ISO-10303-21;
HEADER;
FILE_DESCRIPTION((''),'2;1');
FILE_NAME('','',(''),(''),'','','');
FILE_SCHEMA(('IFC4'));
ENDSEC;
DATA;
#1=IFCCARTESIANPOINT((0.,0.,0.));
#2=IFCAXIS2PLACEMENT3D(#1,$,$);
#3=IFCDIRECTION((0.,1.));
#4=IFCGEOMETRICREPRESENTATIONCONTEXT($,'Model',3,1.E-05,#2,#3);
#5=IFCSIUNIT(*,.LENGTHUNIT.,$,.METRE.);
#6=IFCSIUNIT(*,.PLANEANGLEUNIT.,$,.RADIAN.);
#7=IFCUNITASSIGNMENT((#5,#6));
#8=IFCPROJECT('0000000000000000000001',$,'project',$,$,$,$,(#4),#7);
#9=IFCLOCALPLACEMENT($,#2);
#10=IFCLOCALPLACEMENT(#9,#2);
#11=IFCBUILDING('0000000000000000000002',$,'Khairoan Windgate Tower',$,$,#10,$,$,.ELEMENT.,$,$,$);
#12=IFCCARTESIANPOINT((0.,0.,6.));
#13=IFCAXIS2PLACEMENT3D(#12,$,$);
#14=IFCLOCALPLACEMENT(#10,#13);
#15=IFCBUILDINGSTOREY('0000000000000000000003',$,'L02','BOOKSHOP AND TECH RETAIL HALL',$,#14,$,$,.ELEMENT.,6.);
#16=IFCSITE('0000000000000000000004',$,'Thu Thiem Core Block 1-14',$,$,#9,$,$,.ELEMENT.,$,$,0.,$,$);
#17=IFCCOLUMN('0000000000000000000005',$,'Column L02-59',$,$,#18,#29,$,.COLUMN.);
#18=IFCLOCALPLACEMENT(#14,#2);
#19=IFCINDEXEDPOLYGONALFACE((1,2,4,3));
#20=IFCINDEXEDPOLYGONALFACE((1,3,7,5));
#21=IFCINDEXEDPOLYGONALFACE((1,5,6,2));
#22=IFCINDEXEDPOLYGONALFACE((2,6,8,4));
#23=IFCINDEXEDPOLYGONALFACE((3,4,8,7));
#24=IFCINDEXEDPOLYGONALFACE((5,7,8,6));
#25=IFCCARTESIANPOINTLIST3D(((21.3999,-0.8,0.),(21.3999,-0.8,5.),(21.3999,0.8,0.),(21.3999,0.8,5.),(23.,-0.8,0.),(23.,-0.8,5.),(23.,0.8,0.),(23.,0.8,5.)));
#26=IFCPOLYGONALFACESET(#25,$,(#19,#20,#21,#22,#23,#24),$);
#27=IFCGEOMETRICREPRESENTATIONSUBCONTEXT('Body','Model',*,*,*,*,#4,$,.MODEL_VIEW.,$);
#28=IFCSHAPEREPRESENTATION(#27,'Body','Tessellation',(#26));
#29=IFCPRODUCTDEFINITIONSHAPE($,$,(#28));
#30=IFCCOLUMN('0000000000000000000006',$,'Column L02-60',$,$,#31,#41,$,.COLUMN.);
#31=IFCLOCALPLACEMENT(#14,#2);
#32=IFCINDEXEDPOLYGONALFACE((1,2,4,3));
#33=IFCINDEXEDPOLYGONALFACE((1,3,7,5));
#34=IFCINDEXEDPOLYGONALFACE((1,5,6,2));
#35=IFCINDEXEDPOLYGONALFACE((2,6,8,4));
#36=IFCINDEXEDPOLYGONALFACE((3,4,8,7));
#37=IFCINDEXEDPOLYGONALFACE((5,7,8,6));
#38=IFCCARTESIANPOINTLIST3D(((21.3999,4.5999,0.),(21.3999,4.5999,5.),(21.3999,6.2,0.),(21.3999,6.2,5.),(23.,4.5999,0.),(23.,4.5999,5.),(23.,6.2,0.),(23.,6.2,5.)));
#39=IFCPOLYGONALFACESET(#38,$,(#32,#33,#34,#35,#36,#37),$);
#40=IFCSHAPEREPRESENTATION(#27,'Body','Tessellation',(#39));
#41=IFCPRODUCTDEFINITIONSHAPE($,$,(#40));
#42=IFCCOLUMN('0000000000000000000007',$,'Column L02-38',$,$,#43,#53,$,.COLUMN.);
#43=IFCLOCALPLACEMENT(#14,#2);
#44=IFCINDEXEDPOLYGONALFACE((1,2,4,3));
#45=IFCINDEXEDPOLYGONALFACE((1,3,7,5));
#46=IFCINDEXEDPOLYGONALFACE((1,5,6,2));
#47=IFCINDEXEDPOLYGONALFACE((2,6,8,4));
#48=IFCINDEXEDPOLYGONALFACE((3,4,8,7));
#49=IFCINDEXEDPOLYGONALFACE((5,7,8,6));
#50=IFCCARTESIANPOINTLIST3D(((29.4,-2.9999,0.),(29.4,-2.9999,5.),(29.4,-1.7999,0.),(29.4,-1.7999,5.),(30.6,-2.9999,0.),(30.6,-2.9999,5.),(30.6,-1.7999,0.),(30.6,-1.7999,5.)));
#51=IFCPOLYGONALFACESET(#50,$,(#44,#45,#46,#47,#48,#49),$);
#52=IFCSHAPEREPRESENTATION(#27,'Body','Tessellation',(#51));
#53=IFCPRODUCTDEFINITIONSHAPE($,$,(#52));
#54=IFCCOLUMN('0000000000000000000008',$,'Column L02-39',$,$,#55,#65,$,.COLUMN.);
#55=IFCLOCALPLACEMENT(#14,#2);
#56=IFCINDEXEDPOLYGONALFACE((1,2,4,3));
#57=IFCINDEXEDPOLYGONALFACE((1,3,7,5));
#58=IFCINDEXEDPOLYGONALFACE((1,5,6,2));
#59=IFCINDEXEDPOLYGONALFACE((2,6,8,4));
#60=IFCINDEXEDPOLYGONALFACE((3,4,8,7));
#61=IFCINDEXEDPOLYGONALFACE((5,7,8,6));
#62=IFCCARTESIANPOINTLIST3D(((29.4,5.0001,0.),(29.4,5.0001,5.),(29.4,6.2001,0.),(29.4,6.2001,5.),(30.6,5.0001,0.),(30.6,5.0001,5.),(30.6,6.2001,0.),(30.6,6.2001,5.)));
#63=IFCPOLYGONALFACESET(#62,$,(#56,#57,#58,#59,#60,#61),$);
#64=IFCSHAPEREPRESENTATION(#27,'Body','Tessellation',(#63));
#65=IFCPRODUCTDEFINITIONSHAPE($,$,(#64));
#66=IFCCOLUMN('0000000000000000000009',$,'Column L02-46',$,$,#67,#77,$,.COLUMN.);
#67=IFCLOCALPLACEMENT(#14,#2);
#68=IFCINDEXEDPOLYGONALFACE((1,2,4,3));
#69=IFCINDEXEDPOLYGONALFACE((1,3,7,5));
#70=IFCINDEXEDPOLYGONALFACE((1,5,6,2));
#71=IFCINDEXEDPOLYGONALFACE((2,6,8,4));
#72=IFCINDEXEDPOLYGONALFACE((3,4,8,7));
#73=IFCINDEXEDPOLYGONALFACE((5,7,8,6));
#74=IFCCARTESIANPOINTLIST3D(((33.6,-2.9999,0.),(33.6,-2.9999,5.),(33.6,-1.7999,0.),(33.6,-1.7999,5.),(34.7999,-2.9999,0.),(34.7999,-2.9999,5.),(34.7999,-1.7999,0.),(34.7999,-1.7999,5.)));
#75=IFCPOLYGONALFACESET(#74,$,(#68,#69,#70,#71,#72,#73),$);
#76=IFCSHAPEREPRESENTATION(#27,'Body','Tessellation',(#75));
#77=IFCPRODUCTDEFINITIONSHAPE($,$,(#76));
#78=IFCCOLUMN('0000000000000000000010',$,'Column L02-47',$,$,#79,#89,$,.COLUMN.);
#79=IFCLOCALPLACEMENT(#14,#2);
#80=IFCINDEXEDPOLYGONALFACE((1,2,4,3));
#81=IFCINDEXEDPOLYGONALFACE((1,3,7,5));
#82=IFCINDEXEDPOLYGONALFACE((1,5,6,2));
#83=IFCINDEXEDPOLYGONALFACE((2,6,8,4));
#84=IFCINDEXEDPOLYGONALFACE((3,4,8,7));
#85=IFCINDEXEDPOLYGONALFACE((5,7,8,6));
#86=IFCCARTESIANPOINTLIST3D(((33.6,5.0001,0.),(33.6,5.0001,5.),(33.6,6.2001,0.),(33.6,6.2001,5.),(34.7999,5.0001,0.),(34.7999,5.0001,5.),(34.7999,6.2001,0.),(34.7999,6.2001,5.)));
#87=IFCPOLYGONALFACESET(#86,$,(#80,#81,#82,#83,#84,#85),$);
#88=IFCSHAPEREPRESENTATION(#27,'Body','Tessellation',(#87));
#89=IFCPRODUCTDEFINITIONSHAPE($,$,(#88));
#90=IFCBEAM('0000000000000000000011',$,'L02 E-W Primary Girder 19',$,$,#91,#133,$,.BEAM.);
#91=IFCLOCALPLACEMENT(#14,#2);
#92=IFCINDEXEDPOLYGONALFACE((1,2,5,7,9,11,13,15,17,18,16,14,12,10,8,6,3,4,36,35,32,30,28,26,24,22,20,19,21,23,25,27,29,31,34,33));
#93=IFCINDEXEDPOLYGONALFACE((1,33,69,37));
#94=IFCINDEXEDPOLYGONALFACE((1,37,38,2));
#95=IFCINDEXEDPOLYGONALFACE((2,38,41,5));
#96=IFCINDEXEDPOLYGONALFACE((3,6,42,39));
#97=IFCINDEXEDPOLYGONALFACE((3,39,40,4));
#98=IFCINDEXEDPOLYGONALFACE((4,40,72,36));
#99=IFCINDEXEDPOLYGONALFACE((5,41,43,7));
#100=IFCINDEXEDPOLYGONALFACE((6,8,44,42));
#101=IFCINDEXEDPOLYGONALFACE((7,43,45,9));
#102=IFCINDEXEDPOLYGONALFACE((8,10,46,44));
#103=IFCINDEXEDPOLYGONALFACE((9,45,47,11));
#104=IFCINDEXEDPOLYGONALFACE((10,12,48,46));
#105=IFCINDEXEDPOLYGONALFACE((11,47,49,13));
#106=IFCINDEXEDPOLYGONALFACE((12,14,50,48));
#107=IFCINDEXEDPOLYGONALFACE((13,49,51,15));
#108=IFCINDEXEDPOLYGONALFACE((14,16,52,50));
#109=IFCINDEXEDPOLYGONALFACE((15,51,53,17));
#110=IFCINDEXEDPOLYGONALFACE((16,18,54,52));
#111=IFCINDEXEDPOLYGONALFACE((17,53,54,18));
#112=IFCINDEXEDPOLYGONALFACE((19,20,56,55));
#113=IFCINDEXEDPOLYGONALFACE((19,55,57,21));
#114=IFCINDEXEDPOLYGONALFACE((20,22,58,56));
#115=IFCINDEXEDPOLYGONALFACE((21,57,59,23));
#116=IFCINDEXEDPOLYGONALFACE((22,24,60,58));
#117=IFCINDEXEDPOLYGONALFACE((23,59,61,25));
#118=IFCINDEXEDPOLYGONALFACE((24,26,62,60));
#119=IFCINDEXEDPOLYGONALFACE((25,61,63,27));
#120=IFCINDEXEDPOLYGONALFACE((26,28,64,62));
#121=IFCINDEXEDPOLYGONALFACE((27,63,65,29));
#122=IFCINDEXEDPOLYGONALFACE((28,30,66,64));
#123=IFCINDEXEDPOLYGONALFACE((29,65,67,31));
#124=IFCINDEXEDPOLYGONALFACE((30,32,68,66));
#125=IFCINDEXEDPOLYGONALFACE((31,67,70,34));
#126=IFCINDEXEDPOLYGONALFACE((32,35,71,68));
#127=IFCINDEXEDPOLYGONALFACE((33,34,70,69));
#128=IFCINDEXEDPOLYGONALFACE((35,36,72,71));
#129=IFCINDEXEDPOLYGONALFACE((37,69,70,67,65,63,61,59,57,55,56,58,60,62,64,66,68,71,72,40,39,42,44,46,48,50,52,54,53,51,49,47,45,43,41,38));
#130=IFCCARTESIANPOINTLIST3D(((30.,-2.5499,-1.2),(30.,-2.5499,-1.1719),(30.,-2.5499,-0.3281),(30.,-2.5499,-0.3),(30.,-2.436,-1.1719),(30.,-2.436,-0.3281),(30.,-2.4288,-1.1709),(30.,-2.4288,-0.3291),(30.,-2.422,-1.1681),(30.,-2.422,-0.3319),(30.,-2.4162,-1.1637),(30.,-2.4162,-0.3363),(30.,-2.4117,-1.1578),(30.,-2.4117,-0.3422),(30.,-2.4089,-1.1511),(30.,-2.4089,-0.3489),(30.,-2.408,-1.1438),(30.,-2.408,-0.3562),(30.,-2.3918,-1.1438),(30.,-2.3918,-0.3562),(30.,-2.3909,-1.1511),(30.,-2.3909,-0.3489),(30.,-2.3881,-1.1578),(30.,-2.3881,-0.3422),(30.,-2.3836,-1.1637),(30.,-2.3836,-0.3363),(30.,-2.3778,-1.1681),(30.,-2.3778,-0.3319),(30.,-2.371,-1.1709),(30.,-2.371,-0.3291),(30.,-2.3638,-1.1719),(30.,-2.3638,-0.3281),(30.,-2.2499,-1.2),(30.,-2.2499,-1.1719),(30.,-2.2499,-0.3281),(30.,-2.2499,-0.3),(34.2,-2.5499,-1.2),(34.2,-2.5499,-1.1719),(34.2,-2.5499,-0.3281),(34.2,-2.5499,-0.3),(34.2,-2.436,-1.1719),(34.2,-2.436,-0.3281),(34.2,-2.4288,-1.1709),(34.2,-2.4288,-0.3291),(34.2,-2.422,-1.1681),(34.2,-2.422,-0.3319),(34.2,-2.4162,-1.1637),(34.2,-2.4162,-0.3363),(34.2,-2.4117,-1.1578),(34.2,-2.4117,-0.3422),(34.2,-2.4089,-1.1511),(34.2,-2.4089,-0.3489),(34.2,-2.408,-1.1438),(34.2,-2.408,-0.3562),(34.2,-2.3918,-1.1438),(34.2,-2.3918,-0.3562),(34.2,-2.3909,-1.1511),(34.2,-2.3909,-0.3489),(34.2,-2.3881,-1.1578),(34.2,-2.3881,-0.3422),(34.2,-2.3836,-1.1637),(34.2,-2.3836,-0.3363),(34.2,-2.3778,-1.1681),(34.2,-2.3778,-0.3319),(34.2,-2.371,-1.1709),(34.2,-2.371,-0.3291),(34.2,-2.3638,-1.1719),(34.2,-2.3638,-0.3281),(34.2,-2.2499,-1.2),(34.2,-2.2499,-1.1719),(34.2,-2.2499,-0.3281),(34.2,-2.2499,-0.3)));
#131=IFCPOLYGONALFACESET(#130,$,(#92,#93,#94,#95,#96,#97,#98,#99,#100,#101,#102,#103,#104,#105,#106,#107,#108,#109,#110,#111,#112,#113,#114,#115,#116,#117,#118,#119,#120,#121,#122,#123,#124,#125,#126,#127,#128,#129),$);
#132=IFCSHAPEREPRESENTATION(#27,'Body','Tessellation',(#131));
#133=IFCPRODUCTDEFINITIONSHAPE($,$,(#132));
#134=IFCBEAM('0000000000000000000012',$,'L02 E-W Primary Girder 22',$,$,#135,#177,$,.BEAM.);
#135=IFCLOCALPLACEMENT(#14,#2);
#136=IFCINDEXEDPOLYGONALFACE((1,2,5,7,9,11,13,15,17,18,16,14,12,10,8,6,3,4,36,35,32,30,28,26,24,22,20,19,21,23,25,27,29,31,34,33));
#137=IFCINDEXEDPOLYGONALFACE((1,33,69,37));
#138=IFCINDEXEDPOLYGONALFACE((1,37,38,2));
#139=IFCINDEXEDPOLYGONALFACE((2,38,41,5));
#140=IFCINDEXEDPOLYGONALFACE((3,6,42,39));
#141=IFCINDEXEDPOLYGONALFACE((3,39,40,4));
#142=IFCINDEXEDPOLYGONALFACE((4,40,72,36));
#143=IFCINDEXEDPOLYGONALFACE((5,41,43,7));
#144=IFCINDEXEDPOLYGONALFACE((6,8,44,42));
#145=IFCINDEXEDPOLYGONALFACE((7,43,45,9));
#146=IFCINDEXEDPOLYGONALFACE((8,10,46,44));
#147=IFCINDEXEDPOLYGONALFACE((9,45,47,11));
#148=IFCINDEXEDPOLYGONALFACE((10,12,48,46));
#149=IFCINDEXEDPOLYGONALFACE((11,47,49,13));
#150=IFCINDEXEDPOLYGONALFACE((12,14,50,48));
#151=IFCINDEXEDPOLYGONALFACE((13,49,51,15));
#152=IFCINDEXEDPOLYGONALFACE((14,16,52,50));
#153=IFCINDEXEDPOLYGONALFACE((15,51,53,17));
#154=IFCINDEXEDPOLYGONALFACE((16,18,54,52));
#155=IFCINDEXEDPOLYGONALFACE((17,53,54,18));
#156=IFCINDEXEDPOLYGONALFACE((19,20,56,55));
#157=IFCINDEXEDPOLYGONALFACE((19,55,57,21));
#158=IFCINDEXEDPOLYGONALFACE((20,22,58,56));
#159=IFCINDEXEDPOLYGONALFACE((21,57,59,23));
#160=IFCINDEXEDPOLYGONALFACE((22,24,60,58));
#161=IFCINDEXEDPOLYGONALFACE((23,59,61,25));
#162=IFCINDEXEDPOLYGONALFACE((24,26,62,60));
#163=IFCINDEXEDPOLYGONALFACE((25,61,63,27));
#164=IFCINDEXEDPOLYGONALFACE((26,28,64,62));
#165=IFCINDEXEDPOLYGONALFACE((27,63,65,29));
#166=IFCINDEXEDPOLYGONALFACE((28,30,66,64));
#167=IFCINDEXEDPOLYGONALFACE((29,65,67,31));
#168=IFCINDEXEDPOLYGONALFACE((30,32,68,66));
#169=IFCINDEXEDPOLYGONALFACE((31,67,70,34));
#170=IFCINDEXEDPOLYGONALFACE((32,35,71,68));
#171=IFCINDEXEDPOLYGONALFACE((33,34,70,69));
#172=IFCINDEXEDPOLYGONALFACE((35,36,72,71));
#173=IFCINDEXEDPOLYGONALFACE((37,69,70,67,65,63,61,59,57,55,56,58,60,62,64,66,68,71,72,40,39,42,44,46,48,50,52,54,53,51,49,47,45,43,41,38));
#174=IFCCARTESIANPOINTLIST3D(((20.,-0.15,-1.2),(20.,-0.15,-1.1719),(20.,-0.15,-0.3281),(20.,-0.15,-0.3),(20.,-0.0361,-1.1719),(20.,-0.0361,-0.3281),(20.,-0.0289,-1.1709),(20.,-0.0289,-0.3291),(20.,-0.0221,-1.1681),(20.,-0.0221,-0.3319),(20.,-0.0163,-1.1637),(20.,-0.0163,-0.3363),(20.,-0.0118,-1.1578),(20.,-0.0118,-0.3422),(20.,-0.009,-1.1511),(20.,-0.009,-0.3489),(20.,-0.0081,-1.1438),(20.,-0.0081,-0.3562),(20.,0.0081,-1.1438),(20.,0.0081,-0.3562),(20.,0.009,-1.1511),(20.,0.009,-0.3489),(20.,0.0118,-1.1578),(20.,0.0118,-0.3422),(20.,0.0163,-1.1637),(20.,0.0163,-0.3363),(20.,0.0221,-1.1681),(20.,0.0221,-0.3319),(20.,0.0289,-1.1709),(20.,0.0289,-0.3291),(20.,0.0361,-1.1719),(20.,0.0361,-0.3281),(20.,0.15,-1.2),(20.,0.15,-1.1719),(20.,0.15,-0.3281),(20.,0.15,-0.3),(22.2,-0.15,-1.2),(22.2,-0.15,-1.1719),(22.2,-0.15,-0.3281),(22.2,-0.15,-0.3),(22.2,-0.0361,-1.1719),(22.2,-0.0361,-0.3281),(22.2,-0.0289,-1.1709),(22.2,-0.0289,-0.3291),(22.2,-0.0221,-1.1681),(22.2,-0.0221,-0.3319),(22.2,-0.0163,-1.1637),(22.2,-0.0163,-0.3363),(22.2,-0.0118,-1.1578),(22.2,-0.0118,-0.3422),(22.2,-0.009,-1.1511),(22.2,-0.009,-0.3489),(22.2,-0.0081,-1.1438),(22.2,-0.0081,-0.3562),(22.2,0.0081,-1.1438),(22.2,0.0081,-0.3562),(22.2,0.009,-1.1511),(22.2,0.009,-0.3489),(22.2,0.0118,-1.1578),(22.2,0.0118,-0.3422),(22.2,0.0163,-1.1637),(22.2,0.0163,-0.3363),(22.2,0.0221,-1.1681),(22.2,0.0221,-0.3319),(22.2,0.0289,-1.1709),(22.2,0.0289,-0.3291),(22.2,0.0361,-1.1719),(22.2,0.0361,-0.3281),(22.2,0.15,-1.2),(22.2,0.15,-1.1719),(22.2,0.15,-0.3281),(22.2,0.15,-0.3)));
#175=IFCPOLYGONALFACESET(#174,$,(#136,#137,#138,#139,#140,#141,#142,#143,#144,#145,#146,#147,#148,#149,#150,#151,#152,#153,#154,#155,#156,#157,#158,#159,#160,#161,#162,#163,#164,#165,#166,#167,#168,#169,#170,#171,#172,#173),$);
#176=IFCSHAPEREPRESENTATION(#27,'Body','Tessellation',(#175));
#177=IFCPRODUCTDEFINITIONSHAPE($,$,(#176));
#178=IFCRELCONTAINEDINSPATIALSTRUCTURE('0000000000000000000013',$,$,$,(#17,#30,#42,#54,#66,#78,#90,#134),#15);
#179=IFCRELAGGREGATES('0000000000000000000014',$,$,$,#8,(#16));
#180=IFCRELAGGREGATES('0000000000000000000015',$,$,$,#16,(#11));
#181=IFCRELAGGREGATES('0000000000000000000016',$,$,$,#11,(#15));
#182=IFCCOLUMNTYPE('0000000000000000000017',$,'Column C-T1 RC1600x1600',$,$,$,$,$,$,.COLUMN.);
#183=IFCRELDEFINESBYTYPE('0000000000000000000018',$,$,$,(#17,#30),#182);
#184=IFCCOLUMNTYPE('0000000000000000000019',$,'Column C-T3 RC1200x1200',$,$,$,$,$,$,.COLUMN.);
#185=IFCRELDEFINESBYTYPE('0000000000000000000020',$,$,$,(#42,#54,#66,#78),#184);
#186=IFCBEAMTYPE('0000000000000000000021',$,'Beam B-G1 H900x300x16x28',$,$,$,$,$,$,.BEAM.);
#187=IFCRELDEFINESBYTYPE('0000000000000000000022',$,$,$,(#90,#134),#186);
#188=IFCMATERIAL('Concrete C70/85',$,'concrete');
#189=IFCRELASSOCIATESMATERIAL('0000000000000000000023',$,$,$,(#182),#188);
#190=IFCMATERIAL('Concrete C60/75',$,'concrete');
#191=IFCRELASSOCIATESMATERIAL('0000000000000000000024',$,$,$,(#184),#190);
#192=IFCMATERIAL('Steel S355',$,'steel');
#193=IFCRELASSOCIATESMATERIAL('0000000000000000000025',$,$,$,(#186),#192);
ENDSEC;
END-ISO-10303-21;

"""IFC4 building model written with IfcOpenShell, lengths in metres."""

from ifc_helpers import new_model, si_unit, direction, frame, origin, origin_2d, place, context, subcontext, project, spatial, rectangle, i_section, extrude, material, material_profile, profile_set, type_object, element, save


model = new_model("IFC4")

# Units and contexts
model_context = context("Model", 3, precision=1e-05, world=origin(), true_north=direction((0.0, 1.0)))
body_context = subcontext(model_context, "Body", "Model", "MODEL_VIEW")
ifc_project = project(units=[si_unit("LENGTHUNIT", "METRE"), si_unit("PLANEANGLEUNIT", "RADIAN")], contexts=[model_context])

# Site, building, storey
site_placement = place(None, origin())
site = spatial("IfcSite", under=ifc_project, at=site_placement, Name="Thu Thiem Core Block 1-14", CompositionType="ELEMENT", RefElevation=0.0)
building_placement = place(site_placement, origin())
building = spatial("IfcBuilding", under=site, at=building_placement, Name="Khairoan Windgate Tower", CompositionType="ELEMENT")
storey_placement = place(building_placement, frame((0.0, 0.0, 6.0)))
storey = spatial("IfcBuildingStorey", under=building, at=storey_placement, Name="L02", Description="BOOKSHOP AND TECH RETAIL HALL", CompositionType="ELEMENT", Elevation=6.0)

# Columns
ifc_material_1 = material(Name="Concrete C70/85", Category="concrete")
ifc_material_profile_1 = material_profile(ifc_material_1, rectangle(XDim=1.6001, YDim=1.6001, at=origin_2d()))
ifc_profile_set_1 = profile_set([ifc_material_profile_1], Name="Concrete C70/85")
column_type_1 = type_object("IfcColumnType", Name="Column C-T1 RC1600x1600", PredefinedType="COLUMN", material=ifc_profile_set_1)
for number, where, z_axis, x_axis, name in (
    (1, (22.2, 0.0, 0.0), (0.0, 0.0, 1.0), (1.0, 0.0, 0.0), "Column L02-59"),
    (2, (22.2, 5.3999, 0.0), (0.0, 0.0, 1.0), (1.0, 0.0, 0.0), "Column L02-60"),
):
    element("IfcColumn", number, at=place(storey_placement, frame(where, z_axis=z_axis, x_axis=x_axis)), inside=storey, type_object=column_type_1, Name=name, PredefinedType="COLUMN", context=body_context, shape_type="SweptSolid", body=[
        extrude(rectangle(XDim=1.6001, YDim=1.6001, at=origin_2d()), origin(), (0.0, 0.0, 1.0), 5.0),
    ])
ifc_material_2 = material(Name="Concrete C60/75", Category="concrete")
ifc_material_profile_2 = material_profile(ifc_material_2, rectangle(XDim=1.2, YDim=1.2, at=origin_2d()))
ifc_profile_set_2 = profile_set([ifc_material_profile_2], Name="Concrete C60/75")
column_type_2 = type_object("IfcColumnType", Name="Column C-T3 RC1200x1200", PredefinedType="COLUMN", material=ifc_profile_set_2)
for number, where, z_axis, x_axis, name in (
    (3, (30.0, -2.3999, 0.0), (0.0, 0.0, 1.0), (1.0, 0.0, 0.0), "Column L02-38"),
    (4, (30.0, 5.6001, 0.0), (0.0, 0.0, 1.0), (1.0, 0.0, 0.0), "Column L02-39"),
    (5, (34.2, -2.3999, 0.0), (0.0, 0.0, 1.0), (1.0, 0.0, 0.0), "Column L02-46"),
    (6, (34.2, 5.6001, 0.0), (0.0, 0.0, 1.0), (1.0, 0.0, 0.0), "Column L02-47"),
):
    element("IfcColumn", number, at=place(storey_placement, frame(where, z_axis=z_axis, x_axis=x_axis)), inside=storey, type_object=column_type_2, Name=name, PredefinedType="COLUMN", context=body_context, shape_type="SweptSolid", body=[
        extrude(rectangle(XDim=1.2, YDim=1.2, at=origin_2d()), origin(), (0.0, 0.0, 1.0), 5.0),
    ])

# Beams
ifc_material_3 = material(Name="Steel S355", Category="steel")
ifc_material_profile_3 = material_profile(ifc_material_3, i_section(OverallWidth=0.3, OverallDepth=0.8999, WebThickness=0.0161, FlangeThickness=0.0281, FilletRadius=0.0281, at=origin_2d()))
ifc_profile_set_3 = profile_set([ifc_material_profile_3], Name="Steel S355")
beam_type_1 = type_object("IfcBeamType", Name="Beam B-G1 H900x300x16x28", PredefinedType="BEAM", material=ifc_profile_set_3)
beam_1_placement = place(storey_placement, frame((30.0, -2.3999, -0.75), z_axis=(1.0, 0.0, 0.0), x_axis=(0.0, 1.0, 0.0)))
element("IfcBeam", 7, at=beam_1_placement, inside=storey, type_object=beam_type_1, Name="L02 E-W Primary Girder 19", PredefinedType="BEAM", context=body_context, shape_type="SweptSolid", body=[
    extrude(i_section(OverallWidth=0.3, OverallDepth=0.8999, WebThickness=0.0161, FlangeThickness=0.0281, FilletRadius=0.0281, at=origin_2d()), origin(), (0.0, 0.0, 1.0), 4.2),
])
for number, where, z_axis, x_axis, name in (
    (8, (20.0, 0.0, -0.75), (1.0, 0.0, 0.0), (0.0, 1.0, 0.0), "L02 E-W Primary Girder 22"),
):
    element("IfcBeam", number, at=place(storey_placement, frame(where, z_axis=z_axis, x_axis=x_axis)), inside=storey, type_object=beam_type_1, Name=name, PredefinedType="BEAM", context=body_context, shape_type="SweptSolid", body=[
        extrude(i_section(OverallWidth=0.3, OverallDepth=0.8999, WebThickness=0.0161, FlangeThickness=0.0281, FilletRadius=0.0281, at=origin_2d()), origin(), (0.0, 0.0, 1.0), 2.2),
    ])

save(model, "model.ifc")
